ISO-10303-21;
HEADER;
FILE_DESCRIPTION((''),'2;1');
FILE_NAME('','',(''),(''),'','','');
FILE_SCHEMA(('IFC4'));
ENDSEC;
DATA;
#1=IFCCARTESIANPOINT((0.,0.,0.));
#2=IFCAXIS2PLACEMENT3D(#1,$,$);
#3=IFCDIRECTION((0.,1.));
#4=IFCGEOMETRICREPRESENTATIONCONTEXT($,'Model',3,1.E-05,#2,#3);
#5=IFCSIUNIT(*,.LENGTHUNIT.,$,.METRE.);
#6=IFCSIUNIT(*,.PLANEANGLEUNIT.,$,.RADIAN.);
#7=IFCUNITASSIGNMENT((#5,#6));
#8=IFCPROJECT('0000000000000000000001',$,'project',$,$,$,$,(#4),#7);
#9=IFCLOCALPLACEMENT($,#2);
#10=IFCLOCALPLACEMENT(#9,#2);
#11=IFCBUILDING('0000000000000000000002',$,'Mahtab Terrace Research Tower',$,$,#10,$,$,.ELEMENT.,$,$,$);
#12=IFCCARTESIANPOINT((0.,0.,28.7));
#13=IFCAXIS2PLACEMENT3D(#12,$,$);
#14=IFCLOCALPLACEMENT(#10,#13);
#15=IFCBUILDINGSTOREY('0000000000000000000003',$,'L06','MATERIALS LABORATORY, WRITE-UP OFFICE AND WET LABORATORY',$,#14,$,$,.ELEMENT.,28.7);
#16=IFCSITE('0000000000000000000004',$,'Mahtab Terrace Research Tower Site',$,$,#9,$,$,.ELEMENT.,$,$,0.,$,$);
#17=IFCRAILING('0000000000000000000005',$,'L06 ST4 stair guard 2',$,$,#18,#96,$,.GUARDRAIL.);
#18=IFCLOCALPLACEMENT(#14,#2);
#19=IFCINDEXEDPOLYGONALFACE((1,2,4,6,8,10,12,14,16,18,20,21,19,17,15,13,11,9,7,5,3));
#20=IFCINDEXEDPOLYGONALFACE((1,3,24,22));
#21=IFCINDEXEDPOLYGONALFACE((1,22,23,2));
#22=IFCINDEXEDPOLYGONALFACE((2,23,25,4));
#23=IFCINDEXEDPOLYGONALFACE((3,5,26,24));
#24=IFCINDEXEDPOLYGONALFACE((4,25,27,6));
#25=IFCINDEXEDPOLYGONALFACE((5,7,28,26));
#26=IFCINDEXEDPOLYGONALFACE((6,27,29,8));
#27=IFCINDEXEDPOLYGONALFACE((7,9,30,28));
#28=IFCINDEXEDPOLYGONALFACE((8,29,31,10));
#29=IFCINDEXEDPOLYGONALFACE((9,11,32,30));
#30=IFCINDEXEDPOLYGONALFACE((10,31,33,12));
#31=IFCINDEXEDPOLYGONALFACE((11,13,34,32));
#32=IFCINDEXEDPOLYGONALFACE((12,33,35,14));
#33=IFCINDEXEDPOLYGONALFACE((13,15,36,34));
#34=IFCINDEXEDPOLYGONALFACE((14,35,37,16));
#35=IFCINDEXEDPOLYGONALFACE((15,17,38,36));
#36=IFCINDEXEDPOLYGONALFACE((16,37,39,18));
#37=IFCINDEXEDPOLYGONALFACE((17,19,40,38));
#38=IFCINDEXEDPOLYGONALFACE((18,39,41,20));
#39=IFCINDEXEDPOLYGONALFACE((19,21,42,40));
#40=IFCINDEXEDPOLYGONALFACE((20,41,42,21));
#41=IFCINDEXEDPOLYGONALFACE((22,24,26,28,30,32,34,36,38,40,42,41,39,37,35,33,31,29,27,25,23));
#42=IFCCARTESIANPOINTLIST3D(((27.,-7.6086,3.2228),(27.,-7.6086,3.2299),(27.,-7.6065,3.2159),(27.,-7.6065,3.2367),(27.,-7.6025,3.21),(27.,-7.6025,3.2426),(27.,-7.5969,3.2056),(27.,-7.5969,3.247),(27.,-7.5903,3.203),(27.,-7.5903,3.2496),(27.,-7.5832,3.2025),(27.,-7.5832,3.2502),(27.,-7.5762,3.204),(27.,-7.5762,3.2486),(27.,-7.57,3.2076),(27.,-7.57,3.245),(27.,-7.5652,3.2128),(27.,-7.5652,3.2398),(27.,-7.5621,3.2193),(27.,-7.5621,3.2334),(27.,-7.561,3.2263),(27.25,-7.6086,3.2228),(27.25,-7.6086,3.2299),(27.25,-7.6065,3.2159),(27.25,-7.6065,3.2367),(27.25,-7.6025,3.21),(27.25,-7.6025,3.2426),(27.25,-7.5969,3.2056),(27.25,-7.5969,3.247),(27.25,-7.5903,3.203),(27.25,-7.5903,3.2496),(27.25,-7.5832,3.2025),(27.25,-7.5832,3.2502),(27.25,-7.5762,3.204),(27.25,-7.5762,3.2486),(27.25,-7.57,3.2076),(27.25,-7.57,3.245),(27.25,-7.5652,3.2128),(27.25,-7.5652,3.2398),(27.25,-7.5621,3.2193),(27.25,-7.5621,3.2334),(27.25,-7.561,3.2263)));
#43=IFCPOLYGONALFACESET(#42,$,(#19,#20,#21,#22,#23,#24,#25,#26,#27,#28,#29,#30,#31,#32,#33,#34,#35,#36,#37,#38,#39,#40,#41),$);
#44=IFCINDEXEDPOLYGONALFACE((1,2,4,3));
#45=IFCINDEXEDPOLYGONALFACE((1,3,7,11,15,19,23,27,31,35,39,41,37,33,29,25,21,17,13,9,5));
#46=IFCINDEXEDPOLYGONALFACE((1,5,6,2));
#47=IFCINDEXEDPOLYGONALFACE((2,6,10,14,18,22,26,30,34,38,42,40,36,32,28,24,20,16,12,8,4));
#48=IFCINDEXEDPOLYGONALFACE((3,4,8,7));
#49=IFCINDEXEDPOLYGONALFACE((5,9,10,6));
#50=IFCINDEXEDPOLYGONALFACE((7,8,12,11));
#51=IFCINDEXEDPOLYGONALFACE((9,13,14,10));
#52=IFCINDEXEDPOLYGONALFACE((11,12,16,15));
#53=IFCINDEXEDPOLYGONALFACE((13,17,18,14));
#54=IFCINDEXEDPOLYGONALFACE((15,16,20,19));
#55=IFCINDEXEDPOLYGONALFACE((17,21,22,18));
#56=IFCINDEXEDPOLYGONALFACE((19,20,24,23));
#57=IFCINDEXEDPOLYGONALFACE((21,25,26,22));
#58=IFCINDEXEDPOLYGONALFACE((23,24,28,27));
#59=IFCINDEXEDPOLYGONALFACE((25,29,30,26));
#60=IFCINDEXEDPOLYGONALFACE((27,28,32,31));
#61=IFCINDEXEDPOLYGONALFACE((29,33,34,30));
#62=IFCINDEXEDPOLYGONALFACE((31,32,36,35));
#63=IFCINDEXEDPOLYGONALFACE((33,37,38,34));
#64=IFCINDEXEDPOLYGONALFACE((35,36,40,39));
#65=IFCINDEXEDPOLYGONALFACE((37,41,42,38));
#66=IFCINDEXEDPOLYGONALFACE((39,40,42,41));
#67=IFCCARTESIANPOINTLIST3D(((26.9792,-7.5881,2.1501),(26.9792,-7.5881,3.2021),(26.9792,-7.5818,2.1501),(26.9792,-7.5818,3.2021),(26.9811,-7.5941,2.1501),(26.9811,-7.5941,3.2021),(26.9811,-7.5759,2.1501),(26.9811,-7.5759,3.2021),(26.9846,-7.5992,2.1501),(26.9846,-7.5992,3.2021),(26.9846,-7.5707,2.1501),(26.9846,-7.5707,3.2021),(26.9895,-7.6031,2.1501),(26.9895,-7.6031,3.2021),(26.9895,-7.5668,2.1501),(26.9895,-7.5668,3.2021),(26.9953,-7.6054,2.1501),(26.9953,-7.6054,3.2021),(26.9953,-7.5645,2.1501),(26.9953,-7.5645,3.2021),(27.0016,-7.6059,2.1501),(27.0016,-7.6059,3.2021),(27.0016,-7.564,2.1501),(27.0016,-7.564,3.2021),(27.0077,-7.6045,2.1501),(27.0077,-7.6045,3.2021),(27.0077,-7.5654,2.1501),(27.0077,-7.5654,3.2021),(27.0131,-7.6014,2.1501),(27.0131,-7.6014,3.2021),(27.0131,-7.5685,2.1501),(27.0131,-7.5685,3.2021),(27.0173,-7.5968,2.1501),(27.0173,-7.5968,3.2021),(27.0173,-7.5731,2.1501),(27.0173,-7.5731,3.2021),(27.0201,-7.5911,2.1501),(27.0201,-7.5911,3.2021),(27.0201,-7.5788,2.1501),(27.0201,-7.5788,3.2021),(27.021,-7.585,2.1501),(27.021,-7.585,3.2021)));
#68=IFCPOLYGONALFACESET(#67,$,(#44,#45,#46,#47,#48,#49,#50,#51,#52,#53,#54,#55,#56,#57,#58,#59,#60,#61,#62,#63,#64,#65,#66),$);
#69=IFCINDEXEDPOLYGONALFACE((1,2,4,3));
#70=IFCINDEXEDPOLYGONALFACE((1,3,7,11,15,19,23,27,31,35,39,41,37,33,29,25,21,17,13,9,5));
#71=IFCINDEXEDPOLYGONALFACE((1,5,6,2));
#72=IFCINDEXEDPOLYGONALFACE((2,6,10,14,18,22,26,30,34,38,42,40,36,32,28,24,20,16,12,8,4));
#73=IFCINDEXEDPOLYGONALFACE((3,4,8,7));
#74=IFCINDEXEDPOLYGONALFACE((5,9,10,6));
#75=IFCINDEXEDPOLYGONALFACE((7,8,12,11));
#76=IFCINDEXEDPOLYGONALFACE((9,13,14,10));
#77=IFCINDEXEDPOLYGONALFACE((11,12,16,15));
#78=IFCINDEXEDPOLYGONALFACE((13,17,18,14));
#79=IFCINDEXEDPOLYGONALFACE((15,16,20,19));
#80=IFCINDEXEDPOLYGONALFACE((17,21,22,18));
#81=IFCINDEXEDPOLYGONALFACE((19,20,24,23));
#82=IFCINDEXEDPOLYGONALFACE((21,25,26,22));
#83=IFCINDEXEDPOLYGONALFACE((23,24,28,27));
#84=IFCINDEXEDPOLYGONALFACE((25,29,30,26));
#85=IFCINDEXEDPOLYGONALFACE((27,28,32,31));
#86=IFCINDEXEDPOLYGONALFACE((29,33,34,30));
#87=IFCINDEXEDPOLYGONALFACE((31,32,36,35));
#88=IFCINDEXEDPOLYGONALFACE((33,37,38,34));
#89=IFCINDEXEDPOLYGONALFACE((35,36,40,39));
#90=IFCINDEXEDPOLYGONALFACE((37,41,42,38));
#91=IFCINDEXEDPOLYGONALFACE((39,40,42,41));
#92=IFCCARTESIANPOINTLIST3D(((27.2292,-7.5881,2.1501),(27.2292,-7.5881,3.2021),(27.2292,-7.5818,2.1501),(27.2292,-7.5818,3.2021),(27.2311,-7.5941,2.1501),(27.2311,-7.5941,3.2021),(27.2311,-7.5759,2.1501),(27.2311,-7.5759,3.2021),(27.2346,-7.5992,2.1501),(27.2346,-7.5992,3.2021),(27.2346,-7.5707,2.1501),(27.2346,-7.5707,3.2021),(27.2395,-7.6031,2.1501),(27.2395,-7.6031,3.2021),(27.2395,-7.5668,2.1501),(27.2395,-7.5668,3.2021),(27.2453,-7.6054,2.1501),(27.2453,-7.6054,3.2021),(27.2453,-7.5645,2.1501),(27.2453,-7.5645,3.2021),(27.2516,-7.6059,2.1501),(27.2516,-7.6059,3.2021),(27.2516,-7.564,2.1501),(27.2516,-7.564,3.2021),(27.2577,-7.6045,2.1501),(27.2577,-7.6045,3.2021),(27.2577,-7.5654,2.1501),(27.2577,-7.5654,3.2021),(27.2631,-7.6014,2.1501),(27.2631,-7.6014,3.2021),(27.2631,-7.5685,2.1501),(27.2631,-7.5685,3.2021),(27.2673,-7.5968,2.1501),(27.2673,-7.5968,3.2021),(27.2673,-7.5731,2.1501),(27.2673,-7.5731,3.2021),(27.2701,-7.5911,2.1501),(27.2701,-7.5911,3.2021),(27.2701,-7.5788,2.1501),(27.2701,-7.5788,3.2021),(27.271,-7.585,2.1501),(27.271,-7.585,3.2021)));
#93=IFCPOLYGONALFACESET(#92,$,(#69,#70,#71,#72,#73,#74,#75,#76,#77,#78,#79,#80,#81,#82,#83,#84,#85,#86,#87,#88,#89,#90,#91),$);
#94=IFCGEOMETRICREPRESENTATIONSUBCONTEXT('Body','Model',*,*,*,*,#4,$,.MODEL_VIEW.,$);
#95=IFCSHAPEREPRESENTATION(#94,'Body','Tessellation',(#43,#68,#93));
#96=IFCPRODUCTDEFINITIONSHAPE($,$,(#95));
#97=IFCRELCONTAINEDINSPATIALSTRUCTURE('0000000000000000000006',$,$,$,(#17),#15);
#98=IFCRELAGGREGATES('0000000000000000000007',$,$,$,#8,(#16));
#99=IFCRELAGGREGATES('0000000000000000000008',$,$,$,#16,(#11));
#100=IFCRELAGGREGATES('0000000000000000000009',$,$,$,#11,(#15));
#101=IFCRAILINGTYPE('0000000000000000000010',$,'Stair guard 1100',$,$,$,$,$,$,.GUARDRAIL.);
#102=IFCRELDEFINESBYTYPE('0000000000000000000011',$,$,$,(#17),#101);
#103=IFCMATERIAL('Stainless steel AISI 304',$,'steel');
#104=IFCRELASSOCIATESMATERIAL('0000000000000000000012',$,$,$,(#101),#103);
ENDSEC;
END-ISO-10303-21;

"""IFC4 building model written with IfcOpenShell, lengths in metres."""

from ifc_helpers import new_model, si_unit, direction, frame, origin, origin_2d, place, context, subcontext, project, spatial, circle, extrude, material, type_object, element, save


model = new_model("IFC4")

# Units and contexts
model_context = context("Model", 3, precision=1e-05, world=origin(), true_north=direction((0.0, 1.0)))
body_context = subcontext(model_context, "Body", "Model", "MODEL_VIEW")
ifc_project = project(units=[si_unit("LENGTHUNIT", "METRE"), si_unit("PLANEANGLEUNIT", "RADIAN")], contexts=[model_context])

# Site, building, storey
site_placement = place(None, origin())
site = spatial("IfcSite", under=ifc_project, at=site_placement, Name="Mahtab Terrace Research Tower Site", CompositionType="ELEMENT", RefElevation=0.0)
building_placement = place(site_placement, origin())
building = spatial("IfcBuilding", under=site, at=building_placement, Name="Mahtab Terrace Research Tower", CompositionType="ELEMENT")
storey_placement = place(building_placement, frame((0.0, 0.0, 28.7)))
storey = spatial("IfcBuildingStorey", under=building, at=storey_placement, Name="L06", Description="MATERIALS LABORATORY, WRITE-UP OFFICE AND WET LABORATORY", CompositionType="ELEMENT", Elevation=28.7)

# Shared definitions
ifc_material_1 = material(Name="Stainless steel AISI 304", Category="steel")

# Railing
railing_type_1 = type_object("IfcRailingType", Name="Stair guard 1100", PredefinedType="GUARDRAIL", material=ifc_material_1)
railing_1_placement = place(storey_placement, frame((27.0, -7.585, 2.1501)))
element("IfcRailing", 1, at=railing_1_placement, inside=storey, type_object=railing_type_1, Name="L06 ST4 stair guard 2", PredefinedType="GUARDRAIL", context=body_context, shape_type="SweptSolid", body=[
    extrude(circle(Radius=0.0239, at=origin_2d()), frame((0.0, 0.0, 1.0762), z_axis=(1.0, 0.0, 0.0), x_axis=(0.0, 1.0, 0.0)), (0.0, 0.0, 1.0), 0.25),
    extrude(circle(Radius=0.021, at=origin_2d()), origin(), (0.0, 0.0, 1.0), 1.052),
    extrude(circle(Radius=0.021, at=origin_2d()), frame((0.25, 0.0, 0.0)), (0.0, 0.0, 1.0), 1.052),
])

save(model, "model.ifc")
